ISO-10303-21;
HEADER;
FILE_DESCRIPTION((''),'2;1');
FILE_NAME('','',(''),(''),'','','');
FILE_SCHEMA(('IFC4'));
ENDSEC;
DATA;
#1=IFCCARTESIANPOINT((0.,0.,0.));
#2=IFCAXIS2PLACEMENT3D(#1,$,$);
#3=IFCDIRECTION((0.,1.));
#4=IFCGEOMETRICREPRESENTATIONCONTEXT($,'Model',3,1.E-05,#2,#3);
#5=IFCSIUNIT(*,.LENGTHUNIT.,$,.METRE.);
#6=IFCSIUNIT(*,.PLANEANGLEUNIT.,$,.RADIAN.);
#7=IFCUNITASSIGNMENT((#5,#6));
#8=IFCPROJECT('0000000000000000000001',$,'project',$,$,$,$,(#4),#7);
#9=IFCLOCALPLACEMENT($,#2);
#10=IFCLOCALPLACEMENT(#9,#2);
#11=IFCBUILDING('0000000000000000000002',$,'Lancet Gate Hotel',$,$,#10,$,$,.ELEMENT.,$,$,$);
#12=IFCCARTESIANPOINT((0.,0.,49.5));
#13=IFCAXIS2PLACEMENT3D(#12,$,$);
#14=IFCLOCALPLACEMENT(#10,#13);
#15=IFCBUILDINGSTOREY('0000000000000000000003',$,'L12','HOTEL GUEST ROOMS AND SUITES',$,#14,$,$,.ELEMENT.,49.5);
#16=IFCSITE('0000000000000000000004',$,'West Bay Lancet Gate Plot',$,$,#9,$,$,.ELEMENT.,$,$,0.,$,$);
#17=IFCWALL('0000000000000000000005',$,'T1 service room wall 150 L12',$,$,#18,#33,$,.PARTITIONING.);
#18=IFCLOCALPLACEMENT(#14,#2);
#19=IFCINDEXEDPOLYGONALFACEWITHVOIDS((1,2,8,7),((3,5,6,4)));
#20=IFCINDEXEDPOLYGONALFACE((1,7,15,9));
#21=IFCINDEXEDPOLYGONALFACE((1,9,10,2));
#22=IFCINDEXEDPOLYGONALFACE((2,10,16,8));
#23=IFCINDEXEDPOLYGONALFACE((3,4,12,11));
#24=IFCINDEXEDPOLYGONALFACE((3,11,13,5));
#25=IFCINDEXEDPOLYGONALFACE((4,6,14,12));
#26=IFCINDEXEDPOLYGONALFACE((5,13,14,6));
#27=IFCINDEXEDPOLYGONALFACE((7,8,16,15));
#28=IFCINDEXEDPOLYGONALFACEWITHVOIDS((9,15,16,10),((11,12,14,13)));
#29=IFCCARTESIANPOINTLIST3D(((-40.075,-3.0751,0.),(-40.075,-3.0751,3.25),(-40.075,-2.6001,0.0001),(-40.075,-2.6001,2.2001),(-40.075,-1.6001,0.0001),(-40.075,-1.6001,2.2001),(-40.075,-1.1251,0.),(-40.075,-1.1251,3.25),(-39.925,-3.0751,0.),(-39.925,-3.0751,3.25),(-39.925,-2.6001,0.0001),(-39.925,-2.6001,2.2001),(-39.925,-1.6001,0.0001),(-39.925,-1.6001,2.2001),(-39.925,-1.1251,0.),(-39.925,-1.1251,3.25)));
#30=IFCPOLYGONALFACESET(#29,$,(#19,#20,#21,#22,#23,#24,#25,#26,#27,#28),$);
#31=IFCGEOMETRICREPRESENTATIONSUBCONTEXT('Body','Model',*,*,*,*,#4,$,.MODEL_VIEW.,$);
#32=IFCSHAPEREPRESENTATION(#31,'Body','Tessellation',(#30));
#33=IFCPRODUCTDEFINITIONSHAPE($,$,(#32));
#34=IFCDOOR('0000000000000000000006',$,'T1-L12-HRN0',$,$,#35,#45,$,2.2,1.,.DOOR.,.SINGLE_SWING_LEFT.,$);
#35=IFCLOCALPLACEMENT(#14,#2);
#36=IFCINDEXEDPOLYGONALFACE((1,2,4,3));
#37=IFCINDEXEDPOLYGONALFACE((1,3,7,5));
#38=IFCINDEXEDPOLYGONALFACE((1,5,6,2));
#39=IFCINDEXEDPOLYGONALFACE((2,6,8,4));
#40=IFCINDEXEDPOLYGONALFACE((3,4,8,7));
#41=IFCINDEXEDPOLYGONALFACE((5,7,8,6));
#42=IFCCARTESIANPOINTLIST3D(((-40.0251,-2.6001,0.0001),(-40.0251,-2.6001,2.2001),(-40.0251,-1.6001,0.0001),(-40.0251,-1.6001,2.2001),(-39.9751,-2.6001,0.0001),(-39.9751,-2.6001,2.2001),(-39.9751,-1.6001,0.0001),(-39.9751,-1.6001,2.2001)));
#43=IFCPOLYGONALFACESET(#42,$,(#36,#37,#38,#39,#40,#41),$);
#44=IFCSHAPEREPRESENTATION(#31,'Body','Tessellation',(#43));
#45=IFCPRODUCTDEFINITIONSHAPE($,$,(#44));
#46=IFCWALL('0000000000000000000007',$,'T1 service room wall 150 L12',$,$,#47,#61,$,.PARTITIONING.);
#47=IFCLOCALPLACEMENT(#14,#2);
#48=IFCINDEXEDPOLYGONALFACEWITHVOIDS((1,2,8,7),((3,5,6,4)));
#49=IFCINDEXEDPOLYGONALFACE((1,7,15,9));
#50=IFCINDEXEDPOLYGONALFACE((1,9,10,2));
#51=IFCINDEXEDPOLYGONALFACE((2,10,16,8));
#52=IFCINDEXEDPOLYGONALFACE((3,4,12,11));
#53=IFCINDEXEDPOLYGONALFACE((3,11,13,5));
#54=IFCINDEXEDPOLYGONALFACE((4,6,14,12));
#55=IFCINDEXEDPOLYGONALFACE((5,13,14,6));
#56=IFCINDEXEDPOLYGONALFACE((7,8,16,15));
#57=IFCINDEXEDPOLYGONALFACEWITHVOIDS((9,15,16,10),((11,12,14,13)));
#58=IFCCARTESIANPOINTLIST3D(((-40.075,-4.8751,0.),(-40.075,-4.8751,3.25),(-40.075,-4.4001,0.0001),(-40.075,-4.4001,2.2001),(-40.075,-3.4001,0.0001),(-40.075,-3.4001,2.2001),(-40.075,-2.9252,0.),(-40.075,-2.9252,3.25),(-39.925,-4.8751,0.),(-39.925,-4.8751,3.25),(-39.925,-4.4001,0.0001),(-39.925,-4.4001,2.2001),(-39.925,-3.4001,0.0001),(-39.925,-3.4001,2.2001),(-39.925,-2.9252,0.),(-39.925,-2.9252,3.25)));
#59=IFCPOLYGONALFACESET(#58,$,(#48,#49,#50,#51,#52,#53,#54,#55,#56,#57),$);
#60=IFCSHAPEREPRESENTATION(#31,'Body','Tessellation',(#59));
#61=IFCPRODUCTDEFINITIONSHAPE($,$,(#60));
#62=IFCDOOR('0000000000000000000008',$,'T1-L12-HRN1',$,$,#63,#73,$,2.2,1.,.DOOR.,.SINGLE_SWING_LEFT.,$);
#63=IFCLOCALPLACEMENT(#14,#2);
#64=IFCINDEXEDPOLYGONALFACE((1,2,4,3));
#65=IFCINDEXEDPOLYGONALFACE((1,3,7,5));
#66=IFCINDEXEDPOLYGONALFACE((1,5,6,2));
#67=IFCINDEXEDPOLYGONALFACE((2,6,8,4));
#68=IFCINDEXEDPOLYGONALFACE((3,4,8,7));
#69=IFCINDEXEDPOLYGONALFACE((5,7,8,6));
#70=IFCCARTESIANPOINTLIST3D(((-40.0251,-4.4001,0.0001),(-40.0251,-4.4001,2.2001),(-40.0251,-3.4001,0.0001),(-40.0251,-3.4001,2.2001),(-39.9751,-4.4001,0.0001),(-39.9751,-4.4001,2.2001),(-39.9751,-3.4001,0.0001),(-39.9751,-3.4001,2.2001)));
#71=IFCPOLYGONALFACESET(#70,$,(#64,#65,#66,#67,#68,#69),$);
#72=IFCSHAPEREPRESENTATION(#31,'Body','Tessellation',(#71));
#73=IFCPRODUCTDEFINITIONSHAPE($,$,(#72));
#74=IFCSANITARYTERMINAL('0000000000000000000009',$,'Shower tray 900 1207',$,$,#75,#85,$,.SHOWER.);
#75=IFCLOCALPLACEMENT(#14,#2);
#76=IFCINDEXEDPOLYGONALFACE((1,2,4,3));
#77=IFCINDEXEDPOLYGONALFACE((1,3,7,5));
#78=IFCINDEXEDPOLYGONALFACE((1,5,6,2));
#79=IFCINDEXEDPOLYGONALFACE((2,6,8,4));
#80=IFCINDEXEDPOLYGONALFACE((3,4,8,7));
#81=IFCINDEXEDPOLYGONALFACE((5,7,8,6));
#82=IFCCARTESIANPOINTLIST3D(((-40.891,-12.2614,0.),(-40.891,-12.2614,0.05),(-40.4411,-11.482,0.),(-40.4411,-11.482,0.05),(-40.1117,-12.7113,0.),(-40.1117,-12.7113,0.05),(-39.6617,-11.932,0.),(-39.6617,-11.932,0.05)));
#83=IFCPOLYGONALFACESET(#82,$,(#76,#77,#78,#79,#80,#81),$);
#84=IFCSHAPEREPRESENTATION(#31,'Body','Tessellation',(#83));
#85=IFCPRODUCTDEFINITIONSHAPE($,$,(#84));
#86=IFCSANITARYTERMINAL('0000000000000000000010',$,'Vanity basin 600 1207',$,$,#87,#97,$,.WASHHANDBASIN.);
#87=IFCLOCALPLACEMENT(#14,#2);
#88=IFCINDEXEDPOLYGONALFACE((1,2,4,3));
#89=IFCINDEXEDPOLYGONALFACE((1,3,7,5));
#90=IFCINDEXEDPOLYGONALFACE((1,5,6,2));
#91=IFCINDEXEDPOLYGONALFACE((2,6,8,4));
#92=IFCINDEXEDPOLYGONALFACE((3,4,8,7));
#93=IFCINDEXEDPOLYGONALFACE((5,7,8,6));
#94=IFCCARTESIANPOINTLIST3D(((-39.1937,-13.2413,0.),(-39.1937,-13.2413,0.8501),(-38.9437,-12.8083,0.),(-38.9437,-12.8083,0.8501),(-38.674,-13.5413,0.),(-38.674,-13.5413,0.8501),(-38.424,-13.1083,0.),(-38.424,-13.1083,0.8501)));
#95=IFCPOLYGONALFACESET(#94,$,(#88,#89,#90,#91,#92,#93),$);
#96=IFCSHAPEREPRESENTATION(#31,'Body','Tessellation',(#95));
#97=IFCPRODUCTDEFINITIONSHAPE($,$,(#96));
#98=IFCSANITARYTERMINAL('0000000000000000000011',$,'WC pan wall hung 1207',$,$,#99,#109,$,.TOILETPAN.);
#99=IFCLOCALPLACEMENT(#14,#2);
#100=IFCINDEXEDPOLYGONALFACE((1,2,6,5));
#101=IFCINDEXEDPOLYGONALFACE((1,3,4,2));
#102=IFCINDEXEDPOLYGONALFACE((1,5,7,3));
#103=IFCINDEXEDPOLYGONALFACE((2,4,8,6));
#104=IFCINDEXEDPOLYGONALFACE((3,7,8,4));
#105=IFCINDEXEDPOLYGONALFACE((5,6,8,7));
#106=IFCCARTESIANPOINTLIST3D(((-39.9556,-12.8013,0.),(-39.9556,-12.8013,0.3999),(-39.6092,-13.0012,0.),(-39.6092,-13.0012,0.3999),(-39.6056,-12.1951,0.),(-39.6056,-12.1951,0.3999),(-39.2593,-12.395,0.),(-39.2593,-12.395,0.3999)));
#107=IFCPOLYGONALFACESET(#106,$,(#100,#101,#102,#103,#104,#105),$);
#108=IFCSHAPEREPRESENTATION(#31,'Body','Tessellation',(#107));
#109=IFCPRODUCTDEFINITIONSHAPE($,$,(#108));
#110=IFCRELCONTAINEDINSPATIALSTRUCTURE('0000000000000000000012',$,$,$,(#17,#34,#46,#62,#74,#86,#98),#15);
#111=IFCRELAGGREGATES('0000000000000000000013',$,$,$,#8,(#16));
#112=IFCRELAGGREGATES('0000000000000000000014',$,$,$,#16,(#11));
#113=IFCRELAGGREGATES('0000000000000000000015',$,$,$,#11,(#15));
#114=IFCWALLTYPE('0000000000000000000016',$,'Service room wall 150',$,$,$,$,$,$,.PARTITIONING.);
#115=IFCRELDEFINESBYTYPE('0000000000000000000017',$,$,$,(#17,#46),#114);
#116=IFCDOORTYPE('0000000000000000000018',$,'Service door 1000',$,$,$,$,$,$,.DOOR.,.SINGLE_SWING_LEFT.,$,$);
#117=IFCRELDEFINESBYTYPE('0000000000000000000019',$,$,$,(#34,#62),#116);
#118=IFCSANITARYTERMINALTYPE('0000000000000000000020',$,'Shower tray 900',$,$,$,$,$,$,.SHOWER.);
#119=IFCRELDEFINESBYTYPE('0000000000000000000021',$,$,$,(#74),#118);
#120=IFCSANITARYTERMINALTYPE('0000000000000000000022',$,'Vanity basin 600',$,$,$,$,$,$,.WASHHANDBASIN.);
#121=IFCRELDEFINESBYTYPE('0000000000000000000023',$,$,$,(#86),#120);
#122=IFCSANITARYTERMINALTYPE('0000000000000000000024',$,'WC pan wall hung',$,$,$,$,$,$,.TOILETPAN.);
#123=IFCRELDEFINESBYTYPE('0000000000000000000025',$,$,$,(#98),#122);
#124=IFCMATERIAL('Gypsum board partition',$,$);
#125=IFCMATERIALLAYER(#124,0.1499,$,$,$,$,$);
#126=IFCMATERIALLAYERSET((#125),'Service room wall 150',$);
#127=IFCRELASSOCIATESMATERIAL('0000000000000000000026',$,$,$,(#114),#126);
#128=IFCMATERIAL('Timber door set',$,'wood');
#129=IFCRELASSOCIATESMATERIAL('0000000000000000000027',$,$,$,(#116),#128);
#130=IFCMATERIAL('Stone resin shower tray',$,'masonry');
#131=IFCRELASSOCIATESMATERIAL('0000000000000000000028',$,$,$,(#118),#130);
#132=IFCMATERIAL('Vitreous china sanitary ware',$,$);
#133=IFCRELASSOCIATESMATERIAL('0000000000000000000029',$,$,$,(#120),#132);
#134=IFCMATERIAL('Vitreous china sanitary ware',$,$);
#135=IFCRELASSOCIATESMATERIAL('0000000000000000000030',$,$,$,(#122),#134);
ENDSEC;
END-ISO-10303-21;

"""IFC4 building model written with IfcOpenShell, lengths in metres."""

from ifc_helpers import new_model, si_unit, direction, frame, frame_2d, origin, origin_2d, place, context, subcontext, project, spatial, rectangle, extrude, material, layer, layer_set, type_object, element, fill, save


model = new_model("IFC4")

# Units and contexts
model_context = context("Model", 3, precision=1e-05, world=origin(), true_north=direction((0.0, 1.0)))
body_context = subcontext(model_context, "Body", "Model", "MODEL_VIEW")
ifc_project = project(units=[si_unit("LENGTHUNIT", "METRE"), si_unit("PLANEANGLEUNIT", "RADIAN")], contexts=[model_context])

# Site, building, storey
site_placement = place(None, origin())
site = spatial("IfcSite", under=ifc_project, at=site_placement, Name="West Bay Lancet Gate Plot", CompositionType="ELEMENT", RefElevation=0.0)
building_placement = place(site_placement, origin())
building = spatial("IfcBuilding", under=site, at=building_placement, Name="Lancet Gate Hotel", CompositionType="ELEMENT")
storey_placement = place(building_placement, frame((0.0, 0.0, 49.5)))
storey = spatial("IfcBuildingStorey", under=building, at=storey_placement, Name="L12", Description="HOTEL GUEST ROOMS AND SUITES", CompositionType="ELEMENT", Elevation=49.5)

# Walls, openings, doors
ifc_material_1 = material(Name="Gypsum board partition")
ifc_layer_1 = layer(ifc_material_1, 0.1499)
ifc_layer_set_1 = layer_set([ifc_layer_1], Name="Service room wall 150")
wall_type_1 = type_object("IfcWallType", Name="Service room wall 150", PredefinedType="PARTITIONING", material=ifc_layer_set_1)
wall_1_placement = place(storey_placement, frame((-40.0, -1.125, 0.0), z_axis=(0.0, 0.0, 1.0), x_axis=(0.0, -1.0, 0.0)))
wall_1 = element("IfcWall", 1, at=wall_1_placement, inside=storey, type_object=wall_type_1, Name="T1 service room wall 150 L12", PredefinedType="PARTITIONING", context=body_context, shape_type="SweptSolid", body=[
    extrude(rectangle(XDim=1.95, YDim=0.1499, at=frame_2d((0.9751, 0.0))), origin(), (0.0, 0.0, 1.0), 3.25),
])
opening_1_placement = place(wall_1_placement, frame((0.4751, 0.0, 0.0)))
opening_1 = element("IfcOpeningElement", 2, at=opening_1_placement, cuts=wall_1, PredefinedType="OPENING", context=body_context, shape_type="SweptSolid", body=[
    extrude(rectangle(XDim=1.0, YDim=2.2, at=frame_2d((0.5, 1.1001))), frame((0.0, 0.085, 0.0), z_axis=(0.0, -1.0, 0.0), x_axis=(1.0, 0.0, 0.0)), (0.0, 0.0, 1.0), 0.1699),
])
ifc_material_2 = material(Name="Timber door set", Category="wood")
door_type_1 = type_object("IfcDoorType", Name="Service door 1000", OperationType="SINGLE_SWING_LEFT", PredefinedType="DOOR", material=ifc_material_2)
door_1_placement = place(opening_1_placement, origin())
door_1 = element("IfcDoor", 3, at=door_1_placement, inside=storey, type_object=door_type_1, Name="T1-L12-HRN0", OperationType="SINGLE_SWING_LEFT", OverallHeight=2.2, OverallWidth=1.0, PredefinedType="DOOR", context=body_context, shape_type="SweptSolid", body=[
    extrude(rectangle(XDim=1.0, YDim=2.2, at=frame_2d((0.5, 1.1001))), frame((0.0, 0.0249, 0.0), z_axis=(0.0, -1.0, 0.0), x_axis=(1.0, 0.0, 0.0)), (0.0, 0.0, 1.0), 0.05),
])
fill(opening_1, door_1)
wall_2_placement = place(storey_placement, frame((-40.0, -2.925, 0.0), z_axis=(0.0, 0.0, 1.0), x_axis=(0.0, -1.0, 0.0)))
wall_2 = element("IfcWall", 4, at=wall_2_placement, inside=storey, type_object=wall_type_1, Name="T1 service room wall 150 L12", PredefinedType="PARTITIONING", context=body_context, shape_type="SweptSolid", body=[
    extrude(rectangle(XDim=1.95, YDim=0.1499, at=frame_2d((0.9751, 0.0))), origin(), (0.0, 0.0, 1.0), 3.25),
])
opening_2_placement = place(wall_2_placement, frame((0.4751, 0.0, 0.0)))
opening_2 = element("IfcOpeningElement", 5, at=opening_2_placement, cuts=wall_2, PredefinedType="OPENING", context=body_context, shape_type="SweptSolid", body=[
    extrude(rectangle(XDim=1.0, YDim=2.2, at=frame_2d((0.5, 1.1001))), frame((0.0, 0.085, 0.0), z_axis=(0.0, -1.0, 0.0), x_axis=(1.0, 0.0, 0.0)), (0.0, 0.0, 1.0), 0.1699),
])
door_2_placement = place(opening_2_placement, origin())
door_2 = element("IfcDoor", 6, at=door_2_placement, inside=storey, type_object=door_type_1, Name="T1-L12-HRN1", OperationType="SINGLE_SWING_LEFT", OverallHeight=2.2, OverallWidth=1.0, PredefinedType="DOOR", context=body_context, shape_type="SweptSolid", body=[
    extrude(rectangle(XDim=1.0, YDim=2.2, at=frame_2d((0.5, 1.1001))), frame((0.0, 0.0249, 0.0), z_axis=(0.0, -1.0, 0.0), x_axis=(1.0, 0.0, 0.0)), (0.0, 0.0, 1.0), 0.05),
])
fill(opening_2, door_2)

# Sanitary terminals
ifc_material_3 = material(Name="Stone resin shower tray", Category="masonry")
sanitary_terminal_type_1 = type_object("IfcSanitaryTerminalType", Name="Shower tray 900", PredefinedType="SHOWER", material=ifc_material_3)
sanitary_terminal_1_placement = place(storey_placement, frame((-40.2764, -12.0967, 0.0), z_axis=(0.0, 0.0, 1.0), x_axis=(-0.866025, 0.5, 0.0)))
element("IfcSanitaryTerminal", 7, at=sanitary_terminal_1_placement, inside=storey, type_object=sanitary_terminal_type_1, Name="Shower tray 900 1207", PredefinedType="SHOWER", context=body_context, shape_type="SweptSolid", body=[
    extrude(rectangle(XDim=0.8999, YDim=0.8999, at=origin_2d()), origin(), (0.0, 0.0, 1.0), 0.05),
])
ifc_material_4 = material(Name="Vitreous china sanitary ware")
sanitary_terminal_type_2 = type_object("IfcSanitaryTerminalType", Name="Vanity basin 600", PredefinedType="WASHHANDBASIN", material=ifc_material_4)
sanitary_terminal_2_placement = place(storey_placement, frame((-38.8088, -13.1748, 0.0), z_axis=(0.0, 0.0, 1.0), x_axis=(-0.866025, 0.5, 0.0)))
element("IfcSanitaryTerminal", 8, at=sanitary_terminal_2_placement, inside=storey, type_object=sanitary_terminal_type_2, Name="Vanity basin 600 1207", PredefinedType="WASHHANDBASIN", context=body_context, shape_type="SweptSolid", body=[
    extrude(rectangle(XDim=0.6001, YDim=0.5, at=origin_2d()), origin(), (0.0, 0.0, 1.0), 0.8501),
])
ifc_material_5 = material(Name="Vitreous china sanitary ware")
sanitary_terminal_type_3 = type_object("IfcSanitaryTerminalType", Name="WC pan wall hung", PredefinedType="TOILETPAN", material=ifc_material_5)
sanitary_terminal_3_placement = place(storey_placement, frame((-39.6074, -12.5981, 0.0), z_axis=(0.0, 0.0, 1.0), x_axis=(-0.866025, 0.5, 0.0)))
element("IfcSanitaryTerminal", 9, at=sanitary_terminal_3_placement, inside=storey, type_object=sanitary_terminal_type_3, Name="WC pan wall hung 1207", PredefinedType="TOILETPAN", context=body_context, shape_type="SweptSolid", body=[
    extrude(rectangle(XDim=0.3999, YDim=0.7, at=origin_2d()), origin(), (0.0, 0.0, 1.0), 0.3999),
])

save(model, "model.ifc")
